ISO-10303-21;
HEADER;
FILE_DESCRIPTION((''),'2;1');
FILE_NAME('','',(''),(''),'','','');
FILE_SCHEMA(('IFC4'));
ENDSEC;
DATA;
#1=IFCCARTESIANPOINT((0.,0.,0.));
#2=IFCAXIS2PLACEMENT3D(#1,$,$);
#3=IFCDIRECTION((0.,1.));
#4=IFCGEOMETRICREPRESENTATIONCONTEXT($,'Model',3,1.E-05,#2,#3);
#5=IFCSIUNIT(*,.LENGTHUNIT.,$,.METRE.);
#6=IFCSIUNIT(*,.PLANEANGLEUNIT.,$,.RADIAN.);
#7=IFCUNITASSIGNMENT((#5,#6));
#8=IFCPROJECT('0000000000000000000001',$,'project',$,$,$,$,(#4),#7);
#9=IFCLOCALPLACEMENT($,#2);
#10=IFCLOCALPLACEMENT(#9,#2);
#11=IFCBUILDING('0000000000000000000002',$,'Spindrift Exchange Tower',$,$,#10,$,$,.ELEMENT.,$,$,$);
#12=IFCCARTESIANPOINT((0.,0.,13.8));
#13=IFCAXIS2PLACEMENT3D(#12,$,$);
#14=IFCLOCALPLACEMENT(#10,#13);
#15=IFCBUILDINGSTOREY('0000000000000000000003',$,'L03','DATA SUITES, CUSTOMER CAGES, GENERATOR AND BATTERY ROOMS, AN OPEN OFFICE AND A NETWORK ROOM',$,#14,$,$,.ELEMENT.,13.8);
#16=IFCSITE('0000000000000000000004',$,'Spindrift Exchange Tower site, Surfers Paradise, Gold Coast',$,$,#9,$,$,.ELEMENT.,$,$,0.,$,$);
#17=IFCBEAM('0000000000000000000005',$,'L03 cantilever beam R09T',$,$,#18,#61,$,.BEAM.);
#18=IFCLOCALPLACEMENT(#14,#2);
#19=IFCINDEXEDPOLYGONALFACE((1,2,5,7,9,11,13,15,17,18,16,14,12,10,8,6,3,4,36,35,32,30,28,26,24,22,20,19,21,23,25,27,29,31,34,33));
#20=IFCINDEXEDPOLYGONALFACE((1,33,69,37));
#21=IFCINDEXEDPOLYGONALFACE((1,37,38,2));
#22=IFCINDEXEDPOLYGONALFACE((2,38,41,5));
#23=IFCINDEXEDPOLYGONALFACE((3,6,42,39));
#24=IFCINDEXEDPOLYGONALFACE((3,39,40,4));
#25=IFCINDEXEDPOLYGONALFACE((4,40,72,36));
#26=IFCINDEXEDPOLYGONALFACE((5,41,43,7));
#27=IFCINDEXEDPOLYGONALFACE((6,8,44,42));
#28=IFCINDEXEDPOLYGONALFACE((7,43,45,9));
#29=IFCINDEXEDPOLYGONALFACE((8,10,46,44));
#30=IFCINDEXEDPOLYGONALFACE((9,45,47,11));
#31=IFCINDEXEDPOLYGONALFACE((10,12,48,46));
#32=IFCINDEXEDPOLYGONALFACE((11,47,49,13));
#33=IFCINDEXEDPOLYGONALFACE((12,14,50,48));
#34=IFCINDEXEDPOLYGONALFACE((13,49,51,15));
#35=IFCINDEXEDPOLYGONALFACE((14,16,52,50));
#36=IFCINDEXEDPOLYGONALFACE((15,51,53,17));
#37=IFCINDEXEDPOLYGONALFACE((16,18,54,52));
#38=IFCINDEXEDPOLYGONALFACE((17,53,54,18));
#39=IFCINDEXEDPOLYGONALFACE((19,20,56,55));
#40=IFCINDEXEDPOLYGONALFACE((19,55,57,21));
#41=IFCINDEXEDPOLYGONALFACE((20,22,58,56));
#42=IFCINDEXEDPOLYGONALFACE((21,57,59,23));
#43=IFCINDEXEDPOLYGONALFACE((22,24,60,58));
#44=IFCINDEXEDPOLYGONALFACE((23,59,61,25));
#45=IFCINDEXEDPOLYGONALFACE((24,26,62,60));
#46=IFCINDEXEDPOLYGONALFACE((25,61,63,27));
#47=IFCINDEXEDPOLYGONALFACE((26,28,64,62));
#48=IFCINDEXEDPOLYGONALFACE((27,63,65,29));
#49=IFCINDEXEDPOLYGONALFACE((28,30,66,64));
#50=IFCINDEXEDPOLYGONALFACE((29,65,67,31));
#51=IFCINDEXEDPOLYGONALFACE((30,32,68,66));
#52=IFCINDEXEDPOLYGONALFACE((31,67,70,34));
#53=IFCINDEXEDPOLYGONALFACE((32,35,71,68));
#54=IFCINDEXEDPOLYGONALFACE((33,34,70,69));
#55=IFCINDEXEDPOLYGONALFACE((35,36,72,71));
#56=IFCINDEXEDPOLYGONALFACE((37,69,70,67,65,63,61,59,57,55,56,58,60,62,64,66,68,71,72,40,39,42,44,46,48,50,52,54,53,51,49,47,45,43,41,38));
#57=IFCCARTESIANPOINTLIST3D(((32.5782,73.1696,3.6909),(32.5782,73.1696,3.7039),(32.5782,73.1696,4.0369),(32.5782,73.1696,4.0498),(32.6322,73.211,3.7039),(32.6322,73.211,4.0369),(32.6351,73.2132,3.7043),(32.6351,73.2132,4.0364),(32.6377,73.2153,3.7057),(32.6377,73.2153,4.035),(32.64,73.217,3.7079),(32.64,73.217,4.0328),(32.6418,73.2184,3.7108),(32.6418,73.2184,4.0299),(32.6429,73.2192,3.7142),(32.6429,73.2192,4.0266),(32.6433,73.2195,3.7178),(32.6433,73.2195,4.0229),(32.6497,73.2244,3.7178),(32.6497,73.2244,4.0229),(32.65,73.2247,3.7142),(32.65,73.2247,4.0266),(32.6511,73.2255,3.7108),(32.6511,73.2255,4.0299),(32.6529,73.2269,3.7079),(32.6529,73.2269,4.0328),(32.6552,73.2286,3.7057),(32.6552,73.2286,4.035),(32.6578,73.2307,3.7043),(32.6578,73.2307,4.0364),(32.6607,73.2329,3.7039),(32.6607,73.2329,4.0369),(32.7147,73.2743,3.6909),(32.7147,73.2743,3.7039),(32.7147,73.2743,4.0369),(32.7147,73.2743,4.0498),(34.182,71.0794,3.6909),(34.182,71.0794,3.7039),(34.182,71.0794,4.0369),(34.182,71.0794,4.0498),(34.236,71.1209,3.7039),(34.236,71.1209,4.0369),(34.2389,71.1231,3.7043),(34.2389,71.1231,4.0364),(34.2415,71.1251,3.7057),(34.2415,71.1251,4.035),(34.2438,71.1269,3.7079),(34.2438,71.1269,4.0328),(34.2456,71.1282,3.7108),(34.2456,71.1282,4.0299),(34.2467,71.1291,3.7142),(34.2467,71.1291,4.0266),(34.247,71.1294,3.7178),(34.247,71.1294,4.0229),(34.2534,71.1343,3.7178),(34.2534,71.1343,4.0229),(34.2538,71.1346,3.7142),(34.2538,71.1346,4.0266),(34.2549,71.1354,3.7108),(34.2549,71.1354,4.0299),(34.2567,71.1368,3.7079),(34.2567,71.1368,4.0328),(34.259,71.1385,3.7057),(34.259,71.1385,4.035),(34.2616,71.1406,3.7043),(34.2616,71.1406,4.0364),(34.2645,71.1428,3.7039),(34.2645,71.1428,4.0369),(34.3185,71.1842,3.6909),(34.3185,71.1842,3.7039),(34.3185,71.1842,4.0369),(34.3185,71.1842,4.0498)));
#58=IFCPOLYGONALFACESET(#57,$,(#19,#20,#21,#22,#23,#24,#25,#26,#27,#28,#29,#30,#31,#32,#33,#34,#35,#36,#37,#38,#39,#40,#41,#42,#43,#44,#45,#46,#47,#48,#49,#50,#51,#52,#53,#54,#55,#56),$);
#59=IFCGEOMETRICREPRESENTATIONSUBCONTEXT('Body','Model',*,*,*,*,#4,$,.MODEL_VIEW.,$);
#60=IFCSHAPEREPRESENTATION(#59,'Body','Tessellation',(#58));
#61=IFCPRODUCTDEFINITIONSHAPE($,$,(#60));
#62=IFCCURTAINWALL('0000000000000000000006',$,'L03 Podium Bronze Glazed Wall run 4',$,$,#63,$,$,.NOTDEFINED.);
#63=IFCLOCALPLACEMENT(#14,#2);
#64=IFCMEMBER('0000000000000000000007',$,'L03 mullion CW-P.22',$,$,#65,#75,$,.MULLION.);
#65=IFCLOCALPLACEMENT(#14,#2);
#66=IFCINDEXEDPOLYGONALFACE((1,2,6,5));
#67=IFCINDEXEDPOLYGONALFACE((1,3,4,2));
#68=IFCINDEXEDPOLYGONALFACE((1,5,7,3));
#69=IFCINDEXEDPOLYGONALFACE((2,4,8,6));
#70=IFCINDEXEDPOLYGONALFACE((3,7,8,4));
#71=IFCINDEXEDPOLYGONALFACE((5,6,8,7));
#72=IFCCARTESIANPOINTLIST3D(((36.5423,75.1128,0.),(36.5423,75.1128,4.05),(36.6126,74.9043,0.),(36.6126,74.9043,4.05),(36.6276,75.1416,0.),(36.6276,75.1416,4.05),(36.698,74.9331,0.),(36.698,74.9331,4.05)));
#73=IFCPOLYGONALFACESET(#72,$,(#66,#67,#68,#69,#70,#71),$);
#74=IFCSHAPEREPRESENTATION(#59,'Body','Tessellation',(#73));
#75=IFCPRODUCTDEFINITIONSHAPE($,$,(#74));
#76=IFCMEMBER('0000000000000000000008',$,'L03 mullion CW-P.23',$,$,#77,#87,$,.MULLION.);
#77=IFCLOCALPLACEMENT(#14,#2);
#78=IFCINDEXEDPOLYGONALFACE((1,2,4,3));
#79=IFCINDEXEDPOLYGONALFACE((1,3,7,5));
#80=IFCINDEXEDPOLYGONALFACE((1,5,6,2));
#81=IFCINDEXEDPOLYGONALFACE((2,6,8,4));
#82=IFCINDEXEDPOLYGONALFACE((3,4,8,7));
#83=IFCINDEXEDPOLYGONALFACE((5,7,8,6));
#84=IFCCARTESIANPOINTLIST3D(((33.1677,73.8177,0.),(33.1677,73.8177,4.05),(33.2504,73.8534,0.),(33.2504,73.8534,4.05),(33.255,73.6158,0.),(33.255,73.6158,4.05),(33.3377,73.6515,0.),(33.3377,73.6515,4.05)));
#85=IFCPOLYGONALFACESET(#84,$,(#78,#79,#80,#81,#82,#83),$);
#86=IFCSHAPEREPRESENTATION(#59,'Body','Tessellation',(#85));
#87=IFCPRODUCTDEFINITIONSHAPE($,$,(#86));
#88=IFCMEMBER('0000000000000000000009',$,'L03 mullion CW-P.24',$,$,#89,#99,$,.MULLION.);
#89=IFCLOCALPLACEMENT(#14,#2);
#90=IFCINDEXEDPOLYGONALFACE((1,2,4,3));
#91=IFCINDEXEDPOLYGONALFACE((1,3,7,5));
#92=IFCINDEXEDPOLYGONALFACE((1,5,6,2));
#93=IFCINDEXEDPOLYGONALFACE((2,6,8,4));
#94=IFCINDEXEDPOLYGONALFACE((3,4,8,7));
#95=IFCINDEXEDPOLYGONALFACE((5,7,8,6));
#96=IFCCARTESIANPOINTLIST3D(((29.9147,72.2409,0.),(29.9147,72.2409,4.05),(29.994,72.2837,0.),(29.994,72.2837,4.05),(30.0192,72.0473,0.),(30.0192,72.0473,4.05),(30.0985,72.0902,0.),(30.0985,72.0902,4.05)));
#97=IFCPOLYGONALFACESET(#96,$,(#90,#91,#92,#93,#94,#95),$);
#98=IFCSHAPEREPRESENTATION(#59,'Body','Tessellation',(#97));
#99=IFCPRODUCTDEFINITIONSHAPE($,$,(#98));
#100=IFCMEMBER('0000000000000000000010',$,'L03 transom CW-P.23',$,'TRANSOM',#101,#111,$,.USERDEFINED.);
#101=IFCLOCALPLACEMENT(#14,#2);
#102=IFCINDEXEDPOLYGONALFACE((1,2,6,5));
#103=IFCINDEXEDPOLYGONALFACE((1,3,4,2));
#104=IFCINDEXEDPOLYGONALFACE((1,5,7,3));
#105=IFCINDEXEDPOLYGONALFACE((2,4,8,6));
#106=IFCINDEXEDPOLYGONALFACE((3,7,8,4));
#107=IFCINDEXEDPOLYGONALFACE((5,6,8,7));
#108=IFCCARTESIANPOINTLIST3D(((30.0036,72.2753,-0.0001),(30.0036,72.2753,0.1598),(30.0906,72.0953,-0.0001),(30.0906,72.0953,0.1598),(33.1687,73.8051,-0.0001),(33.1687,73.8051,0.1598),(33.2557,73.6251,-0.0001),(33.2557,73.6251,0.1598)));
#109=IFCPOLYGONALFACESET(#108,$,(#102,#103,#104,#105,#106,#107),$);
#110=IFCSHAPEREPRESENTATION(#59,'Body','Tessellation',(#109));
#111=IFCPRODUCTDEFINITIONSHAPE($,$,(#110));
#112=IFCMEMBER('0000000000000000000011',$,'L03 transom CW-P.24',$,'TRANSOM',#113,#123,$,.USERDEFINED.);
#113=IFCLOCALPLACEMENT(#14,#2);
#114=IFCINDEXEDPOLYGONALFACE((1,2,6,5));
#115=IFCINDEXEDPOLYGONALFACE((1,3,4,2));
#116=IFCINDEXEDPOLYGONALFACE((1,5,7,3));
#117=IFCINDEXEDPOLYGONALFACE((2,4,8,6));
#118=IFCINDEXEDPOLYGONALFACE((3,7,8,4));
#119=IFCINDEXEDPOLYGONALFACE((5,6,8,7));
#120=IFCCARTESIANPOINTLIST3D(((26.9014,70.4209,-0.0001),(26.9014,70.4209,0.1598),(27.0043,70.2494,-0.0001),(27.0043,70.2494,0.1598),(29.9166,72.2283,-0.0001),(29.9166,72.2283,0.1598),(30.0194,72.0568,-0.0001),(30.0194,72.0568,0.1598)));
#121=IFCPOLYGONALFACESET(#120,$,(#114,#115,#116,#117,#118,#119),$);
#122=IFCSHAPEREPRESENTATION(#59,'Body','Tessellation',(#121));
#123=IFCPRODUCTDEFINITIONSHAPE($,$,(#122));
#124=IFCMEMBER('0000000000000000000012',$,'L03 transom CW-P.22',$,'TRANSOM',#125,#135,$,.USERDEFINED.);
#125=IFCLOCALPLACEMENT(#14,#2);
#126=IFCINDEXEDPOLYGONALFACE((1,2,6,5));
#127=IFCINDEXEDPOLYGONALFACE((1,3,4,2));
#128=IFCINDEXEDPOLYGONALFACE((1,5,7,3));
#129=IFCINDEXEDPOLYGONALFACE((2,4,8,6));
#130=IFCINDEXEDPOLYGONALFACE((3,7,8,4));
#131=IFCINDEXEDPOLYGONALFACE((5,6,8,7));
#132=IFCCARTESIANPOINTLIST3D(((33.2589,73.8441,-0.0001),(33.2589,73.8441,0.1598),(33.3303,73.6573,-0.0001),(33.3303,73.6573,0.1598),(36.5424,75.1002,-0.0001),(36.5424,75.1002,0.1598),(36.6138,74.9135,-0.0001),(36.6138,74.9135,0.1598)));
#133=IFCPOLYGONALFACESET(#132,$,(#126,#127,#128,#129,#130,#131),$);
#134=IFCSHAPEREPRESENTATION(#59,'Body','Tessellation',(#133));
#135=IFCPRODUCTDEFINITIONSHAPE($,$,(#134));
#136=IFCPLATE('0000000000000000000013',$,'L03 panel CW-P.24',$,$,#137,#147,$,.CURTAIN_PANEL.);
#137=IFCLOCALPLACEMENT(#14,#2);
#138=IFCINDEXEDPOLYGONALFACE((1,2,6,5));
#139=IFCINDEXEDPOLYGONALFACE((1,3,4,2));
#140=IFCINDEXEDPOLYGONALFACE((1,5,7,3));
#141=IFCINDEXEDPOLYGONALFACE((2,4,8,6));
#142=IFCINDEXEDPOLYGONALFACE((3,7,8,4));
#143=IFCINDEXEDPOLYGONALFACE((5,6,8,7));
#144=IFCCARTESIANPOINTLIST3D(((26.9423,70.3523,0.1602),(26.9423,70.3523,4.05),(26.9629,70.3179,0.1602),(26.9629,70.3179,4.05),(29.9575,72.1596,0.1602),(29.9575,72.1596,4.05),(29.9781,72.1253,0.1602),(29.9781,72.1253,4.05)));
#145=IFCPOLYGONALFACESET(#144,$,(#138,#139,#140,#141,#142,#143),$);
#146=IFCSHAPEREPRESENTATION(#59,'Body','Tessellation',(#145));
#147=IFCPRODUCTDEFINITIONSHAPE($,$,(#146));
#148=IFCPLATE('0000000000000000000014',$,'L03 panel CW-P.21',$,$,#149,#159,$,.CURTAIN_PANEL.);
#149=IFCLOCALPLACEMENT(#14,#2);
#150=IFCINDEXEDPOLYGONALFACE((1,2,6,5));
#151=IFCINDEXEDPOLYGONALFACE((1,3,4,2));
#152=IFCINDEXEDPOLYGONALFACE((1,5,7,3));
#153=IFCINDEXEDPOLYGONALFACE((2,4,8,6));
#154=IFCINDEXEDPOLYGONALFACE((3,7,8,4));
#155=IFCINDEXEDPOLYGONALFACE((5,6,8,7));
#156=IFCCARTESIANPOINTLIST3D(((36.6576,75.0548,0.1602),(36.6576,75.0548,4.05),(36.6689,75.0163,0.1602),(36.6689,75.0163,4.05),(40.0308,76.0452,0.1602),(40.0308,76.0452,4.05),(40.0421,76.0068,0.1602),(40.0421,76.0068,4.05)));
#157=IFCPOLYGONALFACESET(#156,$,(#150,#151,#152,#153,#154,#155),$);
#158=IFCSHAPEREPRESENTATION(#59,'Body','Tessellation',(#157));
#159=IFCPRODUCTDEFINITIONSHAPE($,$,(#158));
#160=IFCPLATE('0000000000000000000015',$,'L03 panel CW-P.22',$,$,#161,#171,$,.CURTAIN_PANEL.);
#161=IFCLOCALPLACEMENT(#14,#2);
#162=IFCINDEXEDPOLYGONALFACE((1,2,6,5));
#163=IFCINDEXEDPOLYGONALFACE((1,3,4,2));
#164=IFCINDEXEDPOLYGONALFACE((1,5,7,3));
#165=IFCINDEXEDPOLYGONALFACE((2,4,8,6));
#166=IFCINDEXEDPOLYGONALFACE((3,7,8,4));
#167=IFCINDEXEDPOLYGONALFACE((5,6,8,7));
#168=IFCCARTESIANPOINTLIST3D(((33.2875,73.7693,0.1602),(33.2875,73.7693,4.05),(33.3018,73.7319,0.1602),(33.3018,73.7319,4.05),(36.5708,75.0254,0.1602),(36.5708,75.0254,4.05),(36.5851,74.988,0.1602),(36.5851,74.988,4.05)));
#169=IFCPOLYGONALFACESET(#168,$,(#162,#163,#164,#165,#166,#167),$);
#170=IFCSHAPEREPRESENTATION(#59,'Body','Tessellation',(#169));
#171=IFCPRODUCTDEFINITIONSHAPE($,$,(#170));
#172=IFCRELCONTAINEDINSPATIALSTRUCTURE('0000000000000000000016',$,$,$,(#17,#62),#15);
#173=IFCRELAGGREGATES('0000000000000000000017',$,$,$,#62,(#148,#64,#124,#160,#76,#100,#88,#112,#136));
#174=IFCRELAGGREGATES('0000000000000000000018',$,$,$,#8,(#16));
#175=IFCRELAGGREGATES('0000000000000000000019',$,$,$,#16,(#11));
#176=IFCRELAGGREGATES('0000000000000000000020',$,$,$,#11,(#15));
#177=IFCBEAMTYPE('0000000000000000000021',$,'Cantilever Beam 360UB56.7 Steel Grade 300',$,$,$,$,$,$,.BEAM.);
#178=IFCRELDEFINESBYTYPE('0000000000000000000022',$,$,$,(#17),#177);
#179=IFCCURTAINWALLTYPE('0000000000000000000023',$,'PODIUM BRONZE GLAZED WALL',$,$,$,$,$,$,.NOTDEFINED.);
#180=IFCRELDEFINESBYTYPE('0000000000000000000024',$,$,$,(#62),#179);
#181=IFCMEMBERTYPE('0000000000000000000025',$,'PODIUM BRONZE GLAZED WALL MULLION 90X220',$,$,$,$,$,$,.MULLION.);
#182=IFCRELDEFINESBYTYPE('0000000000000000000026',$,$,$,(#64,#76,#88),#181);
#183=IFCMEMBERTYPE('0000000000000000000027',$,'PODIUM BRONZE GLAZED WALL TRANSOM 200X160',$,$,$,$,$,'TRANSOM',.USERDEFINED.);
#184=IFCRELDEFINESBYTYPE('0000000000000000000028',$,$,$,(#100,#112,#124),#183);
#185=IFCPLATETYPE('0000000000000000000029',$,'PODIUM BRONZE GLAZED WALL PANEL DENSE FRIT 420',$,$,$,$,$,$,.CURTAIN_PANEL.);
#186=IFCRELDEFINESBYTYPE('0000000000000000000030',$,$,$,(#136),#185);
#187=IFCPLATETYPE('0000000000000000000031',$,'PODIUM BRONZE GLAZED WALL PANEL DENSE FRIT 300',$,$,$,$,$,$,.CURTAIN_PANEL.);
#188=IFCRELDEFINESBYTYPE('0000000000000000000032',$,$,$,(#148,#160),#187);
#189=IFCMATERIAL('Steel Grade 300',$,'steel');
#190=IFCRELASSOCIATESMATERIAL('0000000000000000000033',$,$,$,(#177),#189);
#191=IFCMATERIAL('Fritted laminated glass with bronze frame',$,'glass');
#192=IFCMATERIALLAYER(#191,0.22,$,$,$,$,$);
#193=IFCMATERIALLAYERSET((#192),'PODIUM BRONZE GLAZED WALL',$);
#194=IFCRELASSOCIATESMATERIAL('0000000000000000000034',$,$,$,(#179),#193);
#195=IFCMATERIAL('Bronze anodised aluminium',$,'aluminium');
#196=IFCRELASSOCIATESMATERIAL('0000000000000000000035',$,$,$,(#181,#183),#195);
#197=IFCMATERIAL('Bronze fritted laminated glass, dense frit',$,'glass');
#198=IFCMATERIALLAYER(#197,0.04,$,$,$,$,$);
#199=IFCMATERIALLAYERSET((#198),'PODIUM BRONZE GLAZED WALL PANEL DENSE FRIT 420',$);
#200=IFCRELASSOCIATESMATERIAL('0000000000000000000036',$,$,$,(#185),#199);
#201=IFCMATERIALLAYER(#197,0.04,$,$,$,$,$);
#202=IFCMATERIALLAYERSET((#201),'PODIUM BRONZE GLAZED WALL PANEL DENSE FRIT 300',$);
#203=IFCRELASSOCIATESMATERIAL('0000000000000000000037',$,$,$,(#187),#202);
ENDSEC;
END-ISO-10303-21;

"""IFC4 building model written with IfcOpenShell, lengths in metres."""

from ifc_helpers import new_model, si_unit, direction, frame, origin, origin_2d, place, context, subcontext, project, spatial, rectangle, i_section, extrude, source, transform, mapped, material, layer, layer_set, material_profile, profile_set, type_object, element, aggregate, save


model = new_model("IFC4")

# Units and contexts
model_context = context("Model", 3, precision=1e-05, world=origin(), true_north=direction((0.0, 1.0)))
body_context = subcontext(model_context, "Body", "Model", "MODEL_VIEW")
ifc_project = project(units=[si_unit("LENGTHUNIT", "METRE"), si_unit("PLANEANGLEUNIT", "RADIAN")], contexts=[model_context])

# Site, building, storey
site_placement = place(None, origin())
site = spatial("IfcSite", under=ifc_project, at=site_placement, Name="Spindrift Exchange Tower site, Surfers Paradise, Gold Coast", CompositionType="ELEMENT", RefElevation=0.0)
building_placement = place(site_placement, origin())
building = spatial("IfcBuilding", under=site, at=building_placement, Name="Spindrift Exchange Tower", CompositionType="ELEMENT")
storey_placement = place(building_placement, frame((0.0, 0.0, 13.8)))
storey = spatial("IfcBuildingStorey", under=building, at=storey_placement, Name="L03", Description="DATA SUITES, CUSTOMER CAGES, GENERATOR AND BATTERY ROOMS, AN OPEN OFFICE AND A NETWORK ROOM", CompositionType="ELEMENT", Elevation=13.8)

# Beam
ifc_material_1 = material(Name="Steel Grade 300", Category="steel")
ifc_material_profile_1 = material_profile(ifc_material_1, i_section(OverallWidth=0.1721, OverallDepth=0.3589, WebThickness=0.0081, FlangeThickness=0.0129, FilletRadius=0.0139, at=origin_2d()), Name="360UB56.7")
ifc_profile_set_1 = profile_set([ifc_material_profile_1], Name="Steel Grade 300")
beam_type_1 = type_object("IfcBeamType", Name="Cantilever Beam 360UB56.7 Steel Grade 300", PredefinedType="BEAM", material=ifc_profile_set_1)
shared_shape_1 = source(origin(), body_context, "Body", "SweptSolid", [
    extrude(i_section(OverallWidth=0.1721, OverallDepth=0.3589, WebThickness=0.0081, FlangeThickness=0.0129, FilletRadius=0.0139, at=origin_2d()), origin(), (0.0, 0.0, 1.0), 2.6345),
])
beam_1_placement = place(storey_placement, frame((34.2502, 71.1318, 3.8704), z_axis=(-0.608756, 0.793357, 0.0), x_axis=(-0.793357, -0.608756, 0.0)))
element("IfcBeam", 1, at=beam_1_placement, inside=storey, type_object=beam_type_1, Name="L03 cantilever beam R09T", PredefinedType="BEAM", context=body_context, shape_type="MappedRepresentation", body=[
    mapped(shared_shape_1, transform((0.0, 0.0, 0.0), scale=1.0)),
])

# Curtain wall, members, plates
ifc_material_2 = material(Name="Fritted laminated glass with bronze frame", Category="glass")
ifc_layer_1 = layer(ifc_material_2, 0.22)
ifc_layer_set_1 = layer_set([ifc_layer_1], Name="PODIUM BRONZE GLAZED WALL")
curtain_wall_type = type_object("IfcCurtainWallType", Name="PODIUM BRONZE GLAZED WALL", PredefinedType="NOTDEFINED", material=ifc_layer_set_1)
curtain_wall_placement = place(storey_placement, origin())
curtain_wall = element("IfcCurtainWall", 2, at=curtain_wall_placement, inside=storey, type_object=curtain_wall_type, Name="L03 Podium Bronze Glazed Wall run 4", PredefinedType="NOTDEFINED")
ifc_material_3 = material(Name="Bronze anodised aluminium", Category="aluminium")
ifc_material_profile_2 = material_profile(ifc_material_3, rectangle(XDim=0.0901, YDim=0.22, at=origin_2d()), Name="PODIUM BRONZE GLAZED WALL MULLION 90X220")
ifc_profile_set_2 = profile_set([ifc_material_profile_2], Name="Bronze anodised aluminium")
member_type_1 = type_object("IfcMemberType", Name="PODIUM BRONZE GLAZED WALL MULLION 90X220", PredefinedType="MULLION", material=ifc_profile_set_2)
shared_shape_2 = source(origin(), body_context, "Body", "SweptSolid", [
    extrude(rectangle(XDim=0.0901, YDim=0.22, at=origin_2d()), origin(), (0.0, 0.0, 1.0), 4.05),
])
member_1_placement = place(storey_placement, frame((36.6201, 75.0229, 0.0), z_axis=(0.0, 0.0, 1.0), x_axis=(-0.947494, -0.319774, 0.0)))
member_1 = element("IfcMember", 3, at=member_1_placement, type_object=member_type_1, Name="L03 mullion CW-P.22", PredefinedType="MULLION", context=body_context, shape_type="MappedRepresentation", body=[
    mapped(shared_shape_2, transform((0.0, 0.0, 0.0), scale=1.0)),
])
member_2_placement = place(storey_placement, frame((33.2527, 73.7346, 0.0), z_axis=(0.0, 0.0, 1.0), x_axis=(-0.91799, -0.396604, 0.0)))
member_2 = element("IfcMember", 4, at=member_2_placement, type_object=member_type_1, Name="L03 mullion CW-P.23", PredefinedType="MULLION", context=body_context, shape_type="MappedRepresentation", body=[
    mapped(shared_shape_2, transform((0.0, 0.0, 0.0), scale=1.0)),
])
member_3_placement = place(storey_placement, frame((30.0066, 72.1655, 0.0), z_axis=(0.0, 0.0, 1.0), x_axis=(-0.879913, -0.475135, 0.0)))
member_3 = element("IfcMember", 5, at=member_3_placement, type_object=member_type_1, Name="L03 mullion CW-P.24", PredefinedType="MULLION", context=body_context, shape_type="MappedRepresentation", body=[
    mapped(shared_shape_2, transform((0.0, 0.0, 0.0), scale=1.0)),
])
ifc_material_profile_3 = material_profile(ifc_material_3, rectangle(XDim=0.2, YDim=0.1599, at=origin_2d()), Name="PODIUM BRONZE GLAZED WALL TRANSOM 200X160")
ifc_profile_set_3 = profile_set([ifc_material_profile_3], Name="Bronze anodised aluminium")
member_type_2 = type_object("IfcMemberType", Name="PODIUM BRONZE GLAZED WALL TRANSOM 200X160", ElementType="TRANSOM", PredefinedType="USERDEFINED", material=ifc_profile_set_3)
shared_shape_3 = source(origin(), body_context, "Body", "SweptSolid", [
    extrude(rectangle(XDim=0.2, YDim=0.1599, at=origin_2d()), origin(), (0.0, 0.0, 1.0), 3.5154),
])
member_4_placement = place(storey_placement, frame((33.2122, 73.7151, 0.0798), z_axis=(-0.900347, -0.435172, 0.0), x_axis=(0.435172, -0.900347, 0.0)))
member_4 = element("IfcMember", 6, at=member_4_placement, type_object=member_type_2, Name="L03 transom CW-P.23", ObjectType="TRANSOM", PredefinedType="USERDEFINED", context=body_context, shape_type="MappedRepresentation", body=[
    mapped(shared_shape_3, transform((0.0, 0.0, 0.0), scale=1.0)),
])
member_5_placement = place(storey_placement, frame((29.968, 72.1426, 0.0798), z_axis=(-0.857707, -0.514138, 0.0), x_axis=(0.514138, -0.857707, 0.0)))
member_5 = element("IfcMember", 7, at=member_5_placement, type_object=member_type_2, Name="L03 transom CW-P.24", ObjectType="TRANSOM", PredefinedType="USERDEFINED", context=body_context, shape_type="MappedRepresentation", body=[
    mapped(shared_shape_3, transform((0.0, 0.0, 0.0), scale=1.0)),
])
shared_shape_4 = source(origin(), body_context, "Body", "SweptSolid", [
    extrude(rectangle(XDim=0.2, YDim=0.1599, at=origin_2d()), origin(), (0.0, 0.0, 1.0), 3.5156),
])
member_6_placement = place(storey_placement, frame((36.5781, 75.0068, 0.0798), z_axis=(-0.933988, -0.357303, 0.0), x_axis=(0.357303, -0.933988, 0.0)))
member_6 = element("IfcMember", 8, at=member_6_placement, type_object=member_type_2, Name="L03 transom CW-P.22", ObjectType="TRANSOM", PredefinedType="USERDEFINED", context=body_context, shape_type="MappedRepresentation", body=[
    mapped(shared_shape_4, transform((0.0, 0.0, 0.0), scale=1.0)),
])
ifc_material_4 = material(Name="Bronze fritted laminated glass, dense frit", Category="glass")
ifc_layer_2 = layer(ifc_material_4, 0.04)
ifc_layer_set_2 = layer_set([ifc_layer_2], Name="PODIUM BRONZE GLAZED WALL PANEL DENSE FRIT 420")
plate_type_1 = type_object("IfcPlateType", Name="PODIUM BRONZE GLAZED WALL PANEL DENSE FRIT 420", PredefinedType="CURTAIN_PANEL", material=ifc_layer_set_2)
shared_shape_5 = source(origin(), body_context, "Body", "SweptSolid", [
    extrude(rectangle(XDim=3.5154, YDim=0.04, at=origin_2d()), origin(), (0.0, 0.0, 1.0), 3.8899),
])
plate_1_placement = place(storey_placement, frame((28.4602, 71.2388, 0.1602), z_axis=(0.0, 0.0, 1.0), x_axis=(-0.857711, -0.514133, 0.0)))
plate_1 = element("IfcPlate", 9, at=plate_1_placement, type_object=plate_type_1, Name="L03 panel CW-P.24", PredefinedType="CURTAIN_PANEL", context=body_context, shape_type="MappedRepresentation", body=[
    mapped(shared_shape_5, transform((0.0, 0.0, 0.0), scale=1.0)),
])
ifc_layer_3 = layer(ifc_material_4, 0.04)
ifc_layer_set_3 = layer_set([ifc_layer_3], Name="PODIUM BRONZE GLAZED WALL PANEL DENSE FRIT 300")
plate_type_2 = type_object("IfcPlateType", Name="PODIUM BRONZE GLAZED WALL PANEL DENSE FRIT 300", PredefinedType="CURTAIN_PANEL", material=ifc_layer_set_3)
shared_shape_6 = source(origin(), body_context, "Body", "SweptSolid", [
    extrude(rectangle(XDim=3.5156, YDim=0.04, at=origin_2d()), origin(), (0.0, 0.0, 1.0), 3.8899),
])
plate_2_placement = place(storey_placement, frame((38.3499, 75.5308, 0.1602), z_axis=(0.0, 0.0, 1.0), x_axis=(-0.959495, -0.281725, 0.0)))
plate_2 = element("IfcPlate", 10, at=plate_2_placement, type_object=plate_type_2, Name="L03 panel CW-P.21", PredefinedType="CURTAIN_PANEL", context=body_context, shape_type="MappedRepresentation", body=[
    mapped(shared_shape_6, transform((0.0, 0.0, 0.0), scale=1.0)),
])
shared_shape_7 = source(origin(), body_context, "Body", "SweptSolid", [
    extrude(rectangle(XDim=3.5154, YDim=0.04, at=origin_2d()), origin(), (0.0, 0.0, 1.0), 3.8899),
])
plate_3_placement = place(storey_placement, frame((34.9363, 74.3787, 0.1602), z_axis=(0.0, 0.0, 1.0), x_axis=(-0.933985, -0.357313, 0.0)))
plate_3 = element("IfcPlate", 11, at=plate_3_placement, type_object=plate_type_2, Name="L03 panel CW-P.22", PredefinedType="CURTAIN_PANEL", context=body_context, shape_type="MappedRepresentation", body=[
    mapped(shared_shape_7, transform((0.0, 0.0, 0.0), scale=1.0)),
])
aggregate(curtain_wall, [plate_2, member_1, member_6, plate_3, member_2, member_4, member_3, member_5, plate_1])

save(model, "model.ifc")
